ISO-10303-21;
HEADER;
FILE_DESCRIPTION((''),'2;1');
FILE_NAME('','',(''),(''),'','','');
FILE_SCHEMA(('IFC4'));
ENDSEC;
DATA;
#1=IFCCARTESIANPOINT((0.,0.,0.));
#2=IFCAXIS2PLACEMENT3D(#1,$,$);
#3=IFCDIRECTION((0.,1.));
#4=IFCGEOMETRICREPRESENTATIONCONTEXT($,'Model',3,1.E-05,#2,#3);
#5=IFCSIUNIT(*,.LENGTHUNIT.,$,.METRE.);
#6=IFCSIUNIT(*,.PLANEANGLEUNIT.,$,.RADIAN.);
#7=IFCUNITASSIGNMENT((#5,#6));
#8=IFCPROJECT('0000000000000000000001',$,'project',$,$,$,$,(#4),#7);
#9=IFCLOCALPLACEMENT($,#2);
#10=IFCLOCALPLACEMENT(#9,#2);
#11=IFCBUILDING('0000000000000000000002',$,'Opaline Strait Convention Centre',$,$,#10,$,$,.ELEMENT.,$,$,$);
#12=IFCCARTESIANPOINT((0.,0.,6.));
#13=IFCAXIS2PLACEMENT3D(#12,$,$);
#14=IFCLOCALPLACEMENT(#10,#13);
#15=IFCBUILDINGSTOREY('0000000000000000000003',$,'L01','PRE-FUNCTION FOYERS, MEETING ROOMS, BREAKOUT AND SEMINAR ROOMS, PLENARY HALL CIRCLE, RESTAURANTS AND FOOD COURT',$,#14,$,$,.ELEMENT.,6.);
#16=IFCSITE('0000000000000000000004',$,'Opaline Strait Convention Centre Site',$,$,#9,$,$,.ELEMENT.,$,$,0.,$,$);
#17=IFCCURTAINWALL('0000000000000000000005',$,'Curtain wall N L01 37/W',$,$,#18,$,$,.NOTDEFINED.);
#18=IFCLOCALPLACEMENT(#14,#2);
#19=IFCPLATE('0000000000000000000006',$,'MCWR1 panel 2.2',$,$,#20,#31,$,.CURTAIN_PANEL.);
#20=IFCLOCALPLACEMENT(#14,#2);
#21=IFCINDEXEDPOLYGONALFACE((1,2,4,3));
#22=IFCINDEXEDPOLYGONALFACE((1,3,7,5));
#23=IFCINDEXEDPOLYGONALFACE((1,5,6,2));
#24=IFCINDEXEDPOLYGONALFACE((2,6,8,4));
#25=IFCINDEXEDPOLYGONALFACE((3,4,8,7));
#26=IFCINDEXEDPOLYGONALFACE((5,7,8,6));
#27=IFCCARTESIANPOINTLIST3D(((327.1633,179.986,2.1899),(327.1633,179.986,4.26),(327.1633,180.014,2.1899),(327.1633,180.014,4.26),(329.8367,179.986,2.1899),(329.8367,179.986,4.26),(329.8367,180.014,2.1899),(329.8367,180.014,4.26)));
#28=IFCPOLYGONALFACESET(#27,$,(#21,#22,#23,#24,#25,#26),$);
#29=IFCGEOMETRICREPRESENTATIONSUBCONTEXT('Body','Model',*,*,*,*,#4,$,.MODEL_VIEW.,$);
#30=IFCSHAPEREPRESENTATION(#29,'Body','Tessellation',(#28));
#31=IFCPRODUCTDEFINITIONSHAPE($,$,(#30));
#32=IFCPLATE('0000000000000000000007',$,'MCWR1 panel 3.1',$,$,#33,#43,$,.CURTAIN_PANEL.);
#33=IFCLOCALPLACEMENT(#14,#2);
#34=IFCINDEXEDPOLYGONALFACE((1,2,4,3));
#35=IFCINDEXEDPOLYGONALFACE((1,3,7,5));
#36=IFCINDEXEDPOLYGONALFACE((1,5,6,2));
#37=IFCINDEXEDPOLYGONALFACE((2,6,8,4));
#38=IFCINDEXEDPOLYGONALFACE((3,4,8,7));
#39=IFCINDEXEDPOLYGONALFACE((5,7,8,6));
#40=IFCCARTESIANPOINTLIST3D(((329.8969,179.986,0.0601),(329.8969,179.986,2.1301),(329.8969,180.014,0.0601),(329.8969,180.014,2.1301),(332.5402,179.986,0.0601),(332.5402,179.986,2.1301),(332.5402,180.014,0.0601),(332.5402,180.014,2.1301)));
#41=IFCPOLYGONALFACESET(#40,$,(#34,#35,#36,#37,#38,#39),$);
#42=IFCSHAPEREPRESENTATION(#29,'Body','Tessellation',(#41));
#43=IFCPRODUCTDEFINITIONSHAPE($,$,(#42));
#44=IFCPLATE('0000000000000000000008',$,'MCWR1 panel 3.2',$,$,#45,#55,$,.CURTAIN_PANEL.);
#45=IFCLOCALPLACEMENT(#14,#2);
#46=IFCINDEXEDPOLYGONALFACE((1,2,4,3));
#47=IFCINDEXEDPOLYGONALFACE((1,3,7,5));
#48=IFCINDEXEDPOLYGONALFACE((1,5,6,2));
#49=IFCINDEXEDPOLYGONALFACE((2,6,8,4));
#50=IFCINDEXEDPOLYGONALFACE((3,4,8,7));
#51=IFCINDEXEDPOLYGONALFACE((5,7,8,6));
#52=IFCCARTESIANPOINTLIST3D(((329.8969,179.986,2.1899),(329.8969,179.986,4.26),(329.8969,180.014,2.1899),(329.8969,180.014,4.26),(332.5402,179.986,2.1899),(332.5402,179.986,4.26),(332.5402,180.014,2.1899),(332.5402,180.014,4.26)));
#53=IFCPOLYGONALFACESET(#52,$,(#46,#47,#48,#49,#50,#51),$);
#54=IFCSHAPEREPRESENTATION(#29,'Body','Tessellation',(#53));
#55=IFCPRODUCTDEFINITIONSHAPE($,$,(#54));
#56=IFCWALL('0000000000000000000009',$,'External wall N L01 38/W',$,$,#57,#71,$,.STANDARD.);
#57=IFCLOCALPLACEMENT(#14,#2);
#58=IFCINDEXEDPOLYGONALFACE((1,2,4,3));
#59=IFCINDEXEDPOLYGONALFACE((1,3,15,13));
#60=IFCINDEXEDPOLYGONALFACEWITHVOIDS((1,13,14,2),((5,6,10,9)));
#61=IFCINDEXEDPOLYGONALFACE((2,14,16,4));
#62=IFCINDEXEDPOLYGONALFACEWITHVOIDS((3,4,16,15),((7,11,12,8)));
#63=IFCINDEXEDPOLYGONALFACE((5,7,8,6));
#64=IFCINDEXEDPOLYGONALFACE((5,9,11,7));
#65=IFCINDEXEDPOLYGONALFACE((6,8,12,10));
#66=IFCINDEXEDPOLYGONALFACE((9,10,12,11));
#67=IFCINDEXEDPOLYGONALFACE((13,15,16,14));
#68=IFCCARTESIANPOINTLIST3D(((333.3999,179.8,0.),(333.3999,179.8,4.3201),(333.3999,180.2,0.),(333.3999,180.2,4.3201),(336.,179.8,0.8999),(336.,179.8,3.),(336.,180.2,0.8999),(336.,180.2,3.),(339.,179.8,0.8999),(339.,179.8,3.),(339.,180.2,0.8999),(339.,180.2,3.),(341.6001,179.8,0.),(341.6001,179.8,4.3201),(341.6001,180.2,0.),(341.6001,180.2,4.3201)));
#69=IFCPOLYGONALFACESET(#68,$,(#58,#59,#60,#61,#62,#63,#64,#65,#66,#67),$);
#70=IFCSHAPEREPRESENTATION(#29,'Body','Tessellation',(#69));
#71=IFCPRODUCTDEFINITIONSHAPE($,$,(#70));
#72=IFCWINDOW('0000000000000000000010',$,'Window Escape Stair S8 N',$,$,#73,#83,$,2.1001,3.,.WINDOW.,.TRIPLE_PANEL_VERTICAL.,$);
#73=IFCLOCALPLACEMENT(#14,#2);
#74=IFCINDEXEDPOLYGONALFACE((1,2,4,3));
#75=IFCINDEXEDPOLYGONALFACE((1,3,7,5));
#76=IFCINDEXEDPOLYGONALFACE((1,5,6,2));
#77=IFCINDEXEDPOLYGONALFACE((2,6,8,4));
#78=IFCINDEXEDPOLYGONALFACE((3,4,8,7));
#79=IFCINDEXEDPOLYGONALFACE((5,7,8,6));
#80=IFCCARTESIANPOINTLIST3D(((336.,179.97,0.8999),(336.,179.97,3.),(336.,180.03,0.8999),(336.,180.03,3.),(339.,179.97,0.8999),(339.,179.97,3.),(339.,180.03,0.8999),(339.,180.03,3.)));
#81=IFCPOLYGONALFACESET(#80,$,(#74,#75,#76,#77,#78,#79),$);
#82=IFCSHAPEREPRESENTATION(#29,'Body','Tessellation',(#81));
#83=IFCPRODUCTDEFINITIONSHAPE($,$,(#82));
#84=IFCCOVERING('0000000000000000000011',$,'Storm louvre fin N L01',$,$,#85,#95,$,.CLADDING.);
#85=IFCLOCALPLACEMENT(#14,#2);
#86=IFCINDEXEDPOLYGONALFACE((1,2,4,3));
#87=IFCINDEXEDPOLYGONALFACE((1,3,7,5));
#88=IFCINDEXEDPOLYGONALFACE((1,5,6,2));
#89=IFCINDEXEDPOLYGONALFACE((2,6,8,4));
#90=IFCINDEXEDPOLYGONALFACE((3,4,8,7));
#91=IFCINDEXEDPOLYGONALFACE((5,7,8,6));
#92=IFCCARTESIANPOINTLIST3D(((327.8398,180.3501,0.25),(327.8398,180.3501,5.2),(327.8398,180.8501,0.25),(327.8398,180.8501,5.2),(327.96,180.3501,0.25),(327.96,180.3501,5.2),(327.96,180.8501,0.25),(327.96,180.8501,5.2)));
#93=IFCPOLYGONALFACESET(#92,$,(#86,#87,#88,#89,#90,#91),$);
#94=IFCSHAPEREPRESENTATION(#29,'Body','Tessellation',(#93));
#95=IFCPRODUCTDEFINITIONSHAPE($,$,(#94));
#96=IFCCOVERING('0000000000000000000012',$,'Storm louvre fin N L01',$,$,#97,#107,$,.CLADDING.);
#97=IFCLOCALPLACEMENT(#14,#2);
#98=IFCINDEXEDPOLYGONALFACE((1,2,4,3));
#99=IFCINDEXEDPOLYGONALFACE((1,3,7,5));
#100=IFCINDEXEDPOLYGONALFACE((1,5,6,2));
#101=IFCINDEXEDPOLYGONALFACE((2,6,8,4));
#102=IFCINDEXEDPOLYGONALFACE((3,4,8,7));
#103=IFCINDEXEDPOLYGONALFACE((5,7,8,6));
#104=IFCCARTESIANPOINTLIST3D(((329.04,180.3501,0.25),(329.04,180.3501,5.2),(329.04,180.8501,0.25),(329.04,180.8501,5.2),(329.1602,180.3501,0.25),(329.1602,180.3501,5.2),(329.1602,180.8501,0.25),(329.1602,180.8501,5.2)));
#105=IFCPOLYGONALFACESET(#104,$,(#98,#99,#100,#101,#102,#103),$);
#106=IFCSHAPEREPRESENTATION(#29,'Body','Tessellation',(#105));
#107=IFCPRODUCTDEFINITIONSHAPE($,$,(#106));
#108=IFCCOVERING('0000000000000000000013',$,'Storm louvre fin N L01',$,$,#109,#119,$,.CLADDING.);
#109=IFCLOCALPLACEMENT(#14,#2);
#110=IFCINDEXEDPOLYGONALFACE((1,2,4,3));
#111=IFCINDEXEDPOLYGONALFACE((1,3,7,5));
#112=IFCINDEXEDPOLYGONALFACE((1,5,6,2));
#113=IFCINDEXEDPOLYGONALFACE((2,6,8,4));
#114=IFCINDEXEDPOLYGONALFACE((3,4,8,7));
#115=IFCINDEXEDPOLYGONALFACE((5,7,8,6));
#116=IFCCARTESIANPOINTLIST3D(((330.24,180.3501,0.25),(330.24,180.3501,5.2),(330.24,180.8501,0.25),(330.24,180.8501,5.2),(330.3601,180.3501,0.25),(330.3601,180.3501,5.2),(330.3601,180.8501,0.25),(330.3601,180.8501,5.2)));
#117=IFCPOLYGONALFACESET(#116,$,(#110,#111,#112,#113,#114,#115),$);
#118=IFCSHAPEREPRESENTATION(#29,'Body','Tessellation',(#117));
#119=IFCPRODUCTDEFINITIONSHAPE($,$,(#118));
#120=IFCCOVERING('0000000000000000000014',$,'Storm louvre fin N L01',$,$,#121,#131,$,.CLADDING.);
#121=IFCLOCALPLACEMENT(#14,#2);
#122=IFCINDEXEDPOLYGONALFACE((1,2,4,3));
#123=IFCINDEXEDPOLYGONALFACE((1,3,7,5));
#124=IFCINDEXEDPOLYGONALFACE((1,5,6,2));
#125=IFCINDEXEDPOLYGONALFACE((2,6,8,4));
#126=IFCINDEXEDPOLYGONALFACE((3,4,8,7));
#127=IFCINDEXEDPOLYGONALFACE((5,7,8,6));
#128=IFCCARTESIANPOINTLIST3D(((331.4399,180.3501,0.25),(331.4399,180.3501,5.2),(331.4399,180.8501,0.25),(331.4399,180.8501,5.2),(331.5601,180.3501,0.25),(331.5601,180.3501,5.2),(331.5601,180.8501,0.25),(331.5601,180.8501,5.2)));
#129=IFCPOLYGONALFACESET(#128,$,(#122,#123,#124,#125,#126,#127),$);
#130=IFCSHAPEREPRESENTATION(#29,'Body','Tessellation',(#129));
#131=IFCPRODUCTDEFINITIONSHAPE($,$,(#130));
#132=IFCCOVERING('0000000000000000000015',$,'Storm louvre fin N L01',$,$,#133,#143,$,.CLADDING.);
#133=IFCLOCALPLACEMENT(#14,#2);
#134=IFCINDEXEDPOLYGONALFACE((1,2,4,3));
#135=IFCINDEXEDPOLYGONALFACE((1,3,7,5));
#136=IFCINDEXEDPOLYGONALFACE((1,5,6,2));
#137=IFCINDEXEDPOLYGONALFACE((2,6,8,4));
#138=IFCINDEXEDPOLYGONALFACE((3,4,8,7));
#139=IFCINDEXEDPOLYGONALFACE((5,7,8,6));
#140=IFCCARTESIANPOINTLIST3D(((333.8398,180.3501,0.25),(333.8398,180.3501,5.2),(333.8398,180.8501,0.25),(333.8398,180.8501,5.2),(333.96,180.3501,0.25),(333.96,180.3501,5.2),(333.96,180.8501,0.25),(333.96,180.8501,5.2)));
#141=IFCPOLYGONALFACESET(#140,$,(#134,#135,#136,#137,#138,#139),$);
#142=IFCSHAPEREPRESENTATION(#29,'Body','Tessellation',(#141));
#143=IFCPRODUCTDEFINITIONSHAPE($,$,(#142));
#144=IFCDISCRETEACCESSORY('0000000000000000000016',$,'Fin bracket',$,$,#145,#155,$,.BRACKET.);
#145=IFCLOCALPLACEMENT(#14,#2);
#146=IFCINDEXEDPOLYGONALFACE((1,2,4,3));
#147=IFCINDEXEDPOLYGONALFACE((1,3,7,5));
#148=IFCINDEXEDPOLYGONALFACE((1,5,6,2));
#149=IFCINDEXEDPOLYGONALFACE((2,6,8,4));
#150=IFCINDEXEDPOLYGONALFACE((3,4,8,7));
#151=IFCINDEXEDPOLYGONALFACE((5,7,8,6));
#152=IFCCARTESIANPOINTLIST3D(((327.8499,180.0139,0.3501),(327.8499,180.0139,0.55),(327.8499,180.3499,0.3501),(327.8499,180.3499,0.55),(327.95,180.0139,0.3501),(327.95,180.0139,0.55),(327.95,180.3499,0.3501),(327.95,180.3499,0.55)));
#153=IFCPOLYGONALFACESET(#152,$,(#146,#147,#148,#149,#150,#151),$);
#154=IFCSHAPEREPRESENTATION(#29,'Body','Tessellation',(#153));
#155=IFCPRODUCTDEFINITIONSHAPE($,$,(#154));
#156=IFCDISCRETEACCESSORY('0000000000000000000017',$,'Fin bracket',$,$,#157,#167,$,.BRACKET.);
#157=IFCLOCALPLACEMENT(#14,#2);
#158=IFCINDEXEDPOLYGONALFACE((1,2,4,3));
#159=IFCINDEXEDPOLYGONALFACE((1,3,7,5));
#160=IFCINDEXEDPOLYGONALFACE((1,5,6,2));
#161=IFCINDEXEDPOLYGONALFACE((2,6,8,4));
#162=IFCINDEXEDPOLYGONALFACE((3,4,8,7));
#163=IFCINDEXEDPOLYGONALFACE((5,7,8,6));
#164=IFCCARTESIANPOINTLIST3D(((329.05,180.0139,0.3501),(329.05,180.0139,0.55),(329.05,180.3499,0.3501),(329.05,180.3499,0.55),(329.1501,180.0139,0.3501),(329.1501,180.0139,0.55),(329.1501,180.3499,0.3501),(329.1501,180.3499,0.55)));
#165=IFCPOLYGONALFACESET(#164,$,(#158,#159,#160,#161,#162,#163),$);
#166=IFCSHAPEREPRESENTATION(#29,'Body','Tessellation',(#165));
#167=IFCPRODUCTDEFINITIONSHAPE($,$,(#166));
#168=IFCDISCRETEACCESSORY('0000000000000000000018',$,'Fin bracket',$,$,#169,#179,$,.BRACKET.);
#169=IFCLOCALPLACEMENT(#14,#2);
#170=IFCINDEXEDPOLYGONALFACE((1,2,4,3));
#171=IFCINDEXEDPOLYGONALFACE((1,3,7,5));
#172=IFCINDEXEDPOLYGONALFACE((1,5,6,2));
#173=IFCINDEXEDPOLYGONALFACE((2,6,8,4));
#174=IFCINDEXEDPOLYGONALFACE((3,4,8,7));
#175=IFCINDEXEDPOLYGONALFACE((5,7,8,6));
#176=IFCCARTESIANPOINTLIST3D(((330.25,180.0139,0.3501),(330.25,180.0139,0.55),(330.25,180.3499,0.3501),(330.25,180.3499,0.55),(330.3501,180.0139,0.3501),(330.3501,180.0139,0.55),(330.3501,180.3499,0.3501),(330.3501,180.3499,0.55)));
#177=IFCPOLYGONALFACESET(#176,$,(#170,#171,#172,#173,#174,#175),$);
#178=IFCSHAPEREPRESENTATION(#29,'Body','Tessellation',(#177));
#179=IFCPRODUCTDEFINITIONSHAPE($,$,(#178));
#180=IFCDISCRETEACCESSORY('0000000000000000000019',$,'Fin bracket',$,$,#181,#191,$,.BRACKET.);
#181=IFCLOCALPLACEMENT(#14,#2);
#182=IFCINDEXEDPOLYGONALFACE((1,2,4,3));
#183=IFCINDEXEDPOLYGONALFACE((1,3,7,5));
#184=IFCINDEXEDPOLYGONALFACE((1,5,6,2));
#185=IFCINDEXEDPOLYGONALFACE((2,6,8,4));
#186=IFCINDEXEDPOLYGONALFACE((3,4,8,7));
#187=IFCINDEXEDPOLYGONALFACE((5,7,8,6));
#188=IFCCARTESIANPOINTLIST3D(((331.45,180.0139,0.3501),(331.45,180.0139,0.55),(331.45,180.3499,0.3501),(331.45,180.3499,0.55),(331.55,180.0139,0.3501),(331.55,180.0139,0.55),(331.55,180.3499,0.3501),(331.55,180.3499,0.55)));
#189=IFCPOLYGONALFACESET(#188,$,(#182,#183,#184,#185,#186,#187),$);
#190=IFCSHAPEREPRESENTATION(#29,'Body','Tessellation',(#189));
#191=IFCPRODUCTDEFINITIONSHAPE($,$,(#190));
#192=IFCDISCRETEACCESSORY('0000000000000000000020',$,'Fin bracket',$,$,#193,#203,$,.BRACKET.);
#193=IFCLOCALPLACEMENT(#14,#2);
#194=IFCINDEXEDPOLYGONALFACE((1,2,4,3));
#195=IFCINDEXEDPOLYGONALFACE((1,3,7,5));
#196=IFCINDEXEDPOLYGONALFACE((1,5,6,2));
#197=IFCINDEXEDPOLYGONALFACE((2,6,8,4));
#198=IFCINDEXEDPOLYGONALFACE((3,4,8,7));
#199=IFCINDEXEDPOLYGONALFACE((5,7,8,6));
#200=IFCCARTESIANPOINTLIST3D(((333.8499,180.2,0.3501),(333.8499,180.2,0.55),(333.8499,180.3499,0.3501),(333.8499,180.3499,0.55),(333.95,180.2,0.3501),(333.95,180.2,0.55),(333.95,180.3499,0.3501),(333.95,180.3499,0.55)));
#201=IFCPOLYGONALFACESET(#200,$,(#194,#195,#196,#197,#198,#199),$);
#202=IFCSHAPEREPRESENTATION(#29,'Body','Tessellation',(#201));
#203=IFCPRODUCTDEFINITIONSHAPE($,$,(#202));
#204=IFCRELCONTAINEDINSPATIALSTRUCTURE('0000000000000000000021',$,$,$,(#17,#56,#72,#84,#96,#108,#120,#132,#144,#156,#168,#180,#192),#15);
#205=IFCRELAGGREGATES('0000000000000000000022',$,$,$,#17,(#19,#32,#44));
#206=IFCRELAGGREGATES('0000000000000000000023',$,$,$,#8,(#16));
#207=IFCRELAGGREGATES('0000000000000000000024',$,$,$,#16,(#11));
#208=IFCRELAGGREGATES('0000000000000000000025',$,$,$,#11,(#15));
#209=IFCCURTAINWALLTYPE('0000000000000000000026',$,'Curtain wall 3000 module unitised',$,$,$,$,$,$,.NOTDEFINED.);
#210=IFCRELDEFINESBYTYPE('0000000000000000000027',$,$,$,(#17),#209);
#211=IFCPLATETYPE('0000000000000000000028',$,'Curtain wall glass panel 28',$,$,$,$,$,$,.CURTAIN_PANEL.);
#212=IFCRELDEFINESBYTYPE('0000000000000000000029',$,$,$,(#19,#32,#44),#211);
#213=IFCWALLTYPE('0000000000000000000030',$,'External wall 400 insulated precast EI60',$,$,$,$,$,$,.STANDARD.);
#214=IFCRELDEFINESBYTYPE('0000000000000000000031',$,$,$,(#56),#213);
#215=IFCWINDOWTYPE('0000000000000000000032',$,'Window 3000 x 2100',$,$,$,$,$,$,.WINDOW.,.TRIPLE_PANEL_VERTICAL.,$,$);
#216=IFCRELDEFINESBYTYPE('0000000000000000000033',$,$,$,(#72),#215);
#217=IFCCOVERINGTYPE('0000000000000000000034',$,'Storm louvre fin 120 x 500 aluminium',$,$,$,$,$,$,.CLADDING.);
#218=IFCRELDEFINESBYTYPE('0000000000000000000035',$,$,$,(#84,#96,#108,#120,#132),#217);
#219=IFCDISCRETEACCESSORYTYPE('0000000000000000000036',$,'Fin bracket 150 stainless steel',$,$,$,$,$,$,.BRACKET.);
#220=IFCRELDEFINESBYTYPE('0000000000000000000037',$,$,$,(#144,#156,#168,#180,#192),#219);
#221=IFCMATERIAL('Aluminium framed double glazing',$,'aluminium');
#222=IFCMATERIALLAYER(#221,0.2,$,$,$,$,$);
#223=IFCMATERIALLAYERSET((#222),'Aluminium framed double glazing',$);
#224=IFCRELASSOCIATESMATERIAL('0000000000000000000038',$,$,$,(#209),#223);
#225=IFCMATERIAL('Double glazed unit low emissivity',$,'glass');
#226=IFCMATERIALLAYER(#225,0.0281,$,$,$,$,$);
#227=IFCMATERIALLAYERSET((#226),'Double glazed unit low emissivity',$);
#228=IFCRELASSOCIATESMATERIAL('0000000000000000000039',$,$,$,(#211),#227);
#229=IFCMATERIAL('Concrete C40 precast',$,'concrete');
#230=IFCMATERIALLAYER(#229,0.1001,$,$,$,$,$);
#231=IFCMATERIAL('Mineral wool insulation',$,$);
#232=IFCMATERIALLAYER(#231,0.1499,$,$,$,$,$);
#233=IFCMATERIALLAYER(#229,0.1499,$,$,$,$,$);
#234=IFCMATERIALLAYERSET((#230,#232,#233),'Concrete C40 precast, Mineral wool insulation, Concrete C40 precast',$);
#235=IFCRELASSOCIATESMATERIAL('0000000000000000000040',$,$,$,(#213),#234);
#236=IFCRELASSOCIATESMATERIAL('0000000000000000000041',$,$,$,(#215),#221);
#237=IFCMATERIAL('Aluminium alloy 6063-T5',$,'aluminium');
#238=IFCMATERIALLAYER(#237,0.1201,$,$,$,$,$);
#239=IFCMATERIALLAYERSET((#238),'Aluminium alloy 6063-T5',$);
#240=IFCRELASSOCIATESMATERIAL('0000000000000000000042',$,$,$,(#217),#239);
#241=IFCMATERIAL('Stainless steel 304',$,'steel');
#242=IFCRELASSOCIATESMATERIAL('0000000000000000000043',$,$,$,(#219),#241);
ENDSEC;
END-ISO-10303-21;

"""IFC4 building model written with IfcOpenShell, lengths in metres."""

from ifc_helpers import new_model, si_unit, direction, frame, frame_2d, origin, origin_2d, place, context, subcontext, project, spatial, rectangle, extrude, material, layer, layer_set, type_object, element, fill, aggregate, save


model = new_model("IFC4")

# Units and contexts
model_context = context("Model", 3, precision=1e-05, world=origin(), true_north=direction((0.0, 1.0)))
body_context = subcontext(model_context, "Body", "Model", "MODEL_VIEW")
ifc_project = project(units=[si_unit("LENGTHUNIT", "METRE"), si_unit("PLANEANGLEUNIT", "RADIAN")], contexts=[model_context])

# Site, building, storey
site_placement = place(None, origin())
site = spatial("IfcSite", under=ifc_project, at=site_placement, Name="Opaline Strait Convention Centre Site", CompositionType="ELEMENT", RefElevation=0.0)
building_placement = place(site_placement, origin())
building = spatial("IfcBuilding", under=site, at=building_placement, Name="Opaline Strait Convention Centre", CompositionType="ELEMENT")
storey_placement = place(building_placement, frame((0.0, 0.0, 6.0)))
storey = spatial("IfcBuildingStorey", under=building, at=storey_placement, Name="L01", Description="PRE-FUNCTION FOYERS, MEETING ROOMS, BREAKOUT AND SEMINAR ROOMS, PLENARY HALL CIRCLE, RESTAURANTS AND FOOD COURT", CompositionType="ELEMENT", Elevation=6.0)

# Curtain wall
ifc_material_1 = material(Name="Aluminium framed double glazing", Category="aluminium")
ifc_layer_1 = layer(ifc_material_1, 0.2)
ifc_layer_set_1 = layer_set([ifc_layer_1], Name="Aluminium framed double glazing")
curtain_wall_type = type_object("IfcCurtainWallType", Name="Curtain wall 3000 module unitised", PredefinedType="NOTDEFINED", material=ifc_layer_set_1)
curtain_wall_placement = place(storey_placement, origin())
curtain_wall = element("IfcCurtainWall", 1, at=curtain_wall_placement, inside=storey, type_object=curtain_wall_type, Name="Curtain wall N L01 37/W", PredefinedType="NOTDEFINED")

# Plates
ifc_material_2 = material(Name="Double glazed unit low emissivity", Category="glass")
ifc_layer_2 = layer(ifc_material_2, 0.0281)
ifc_layer_set_2 = layer_set([ifc_layer_2], Name="Double glazed unit low emissivity")
plate_type = type_object("IfcPlateType", Name="Curtain wall glass panel 28", PredefinedType="CURTAIN_PANEL", material=ifc_layer_set_2)
plate_1_placement = place(storey_placement, frame((328.5, 180.0, 2.1899), z_axis=(0.0, 0.0, 1.0), x_axis=(1.0, 0.0, 0.0)))
plate_1 = element("IfcPlate", 2, at=plate_1_placement, type_object=plate_type, Name="MCWR1 panel 2.2", PredefinedType="CURTAIN_PANEL", context=body_context, shape_type="SweptSolid", body=[
    extrude(rectangle(XDim=2.6733, YDim=0.0281, at=origin_2d()), origin(), (0.0, 0.0, 1.0), 2.0701),
])
plate_2_placement = place(storey_placement, frame((331.2185, 180.0, 0.0601), z_axis=(0.0, 0.0, 1.0), x_axis=(1.0, 0.0, 0.0)))
plate_2 = element("IfcPlate", 3, at=plate_2_placement, type_object=plate_type, Name="MCWR1 panel 3.1", PredefinedType="CURTAIN_PANEL", context=body_context, shape_type="SweptSolid", body=[
    extrude(rectangle(XDim=2.6433, YDim=0.0281, at=origin_2d()), origin(), (0.0, 0.0, 1.0), 2.0701),
])
plate_3_placement = place(storey_placement, frame((331.2185, 180.0, 2.1899), z_axis=(0.0, 0.0, 1.0), x_axis=(1.0, 0.0, 0.0)))
plate_3 = element("IfcPlate", 4, at=plate_3_placement, type_object=plate_type, Name="MCWR1 panel 3.2", PredefinedType="CURTAIN_PANEL", context=body_context, shape_type="SweptSolid", body=[
    extrude(rectangle(XDim=2.6433, YDim=0.0281, at=origin_2d()), origin(), (0.0, 0.0, 1.0), 2.0701),
])
aggregate(curtain_wall, [plate_1, plate_2, plate_3])

# Wall, opening, window
ifc_material_3 = material(Name="Concrete C40 precast", Category="concrete")
ifc_layer_3 = layer(ifc_material_3, 0.1001)
ifc_material_4 = material(Name="Mineral wool insulation")
ifc_layer_4 = layer(ifc_material_4, 0.1499)
ifc_layer_5 = layer(ifc_material_3, 0.1499)
ifc_layer_set_3 = layer_set([ifc_layer_3, ifc_layer_4, ifc_layer_5], Name="Concrete C40 precast, Mineral wool insulation, Concrete C40 precast")
wall_type = type_object("IfcWallType", Name="External wall 400 insulated precast EI60", PredefinedType="STANDARD", material=ifc_layer_set_3)
wall_placement = place(storey_placement, frame((333.3999, 180.0, 0.0), z_axis=(0.0, 0.0, 1.0), x_axis=(1.0, 0.0, 0.0)))
wall = element("IfcWall", 5, at=wall_placement, inside=storey, type_object=wall_type, Name="External wall N L01 38/W", PredefinedType="STANDARD", context=body_context, shape_type="SweptSolid", body=[
    extrude(rectangle(XDim=8.2002, YDim=0.3999, at=frame_2d((4.1001, 0.0))), origin(), (0.0, 0.0, 1.0), 4.3201),
])
opening_placement = place(wall_placement, frame((2.6001, 0.0, 0.8999)))
opening = element("IfcOpeningElement", 6, at=opening_placement, cuts=wall, PredefinedType="OPENING", context=body_context, shape_type="SweptSolid", body=[
    extrude(rectangle(XDim=3.0, YDim=2.1001, at=frame_2d((1.5, 1.05))), frame((0.0, 0.21, 0.0), z_axis=(0.0, -1.0, 0.0), x_axis=(1.0, 0.0, 0.0)), (0.0, 0.0, 1.0), 0.4199),
])
window_type = type_object("IfcWindowType", Name="Window 3000 x 2100", PartitioningType="TRIPLE_PANEL_VERTICAL", PredefinedType="WINDOW", material=ifc_material_1)
window_placement = place(opening_placement, origin())
window = element("IfcWindow", 7, at=window_placement, inside=storey, type_object=window_type, Name="Window Escape Stair S8 N", OverallHeight=2.1001, OverallWidth=3.0, PartitioningType="TRIPLE_PANEL_VERTICAL", PredefinedType="WINDOW", context=body_context, shape_type="SweptSolid", body=[
    extrude(rectangle(XDim=3.0, YDim=2.1001, at=frame_2d((1.5, 1.05))), frame((0.0, 0.03, 0.0), z_axis=(0.0, -1.0, 0.0), x_axis=(1.0, 0.0, 0.0)), (0.0, 0.0, 1.0), 0.0601),
])
fill(opening, window)

# Coverings
ifc_material_5 = material(Name="Aluminium alloy 6063-T5", Category="aluminium")
ifc_layer_6 = layer(ifc_material_5, 0.1201)
ifc_layer_set_4 = layer_set([ifc_layer_6], Name="Aluminium alloy 6063-T5")
covering_type = type_object("IfcCoveringType", Name="Storm louvre fin 120 x 500 aluminium", PredefinedType="CLADDING", material=ifc_layer_set_4)
for number, where, z_axis, x_axis, name in (
    (8, (327.8999, 180.6001, 0.25), (0.0, 0.0, 1.0), (1.0, 0.0, 0.0), "Storm louvre fin N L01"),
    (9, (329.1001, 180.6001, 0.25), (0.0, 0.0, 1.0), (1.0, 0.0, 0.0), "Storm louvre fin N L01"),
    (10, (330.3, 180.6001, 0.25), (0.0, 0.0, 1.0), (1.0, 0.0, 0.0), "Storm louvre fin N L01"),
    (11, (331.5, 180.6001, 0.25), (0.0, 0.0, 1.0), (1.0, 0.0, 0.0), "Storm louvre fin N L01"),
    (12, (333.8999, 180.6001, 0.25), (0.0, 0.0, 1.0), (1.0, 0.0, 0.0), "Storm louvre fin N L01"),
):
    element("IfcCovering", number, at=place(storey_placement, frame(where, z_axis=z_axis, x_axis=x_axis)), inside=storey, type_object=covering_type, Name=name, PredefinedType="CLADDING", context=body_context, shape_type="SweptSolid", body=[
        extrude(rectangle(XDim=0.1201, YDim=0.5, at=origin_2d()), origin(), (0.0, 0.0, 1.0), 4.95),
    ])

# Discrete accessories
ifc_material_6 = material(Name="Stainless steel 304", Category="steel")
discrete_accessory_type = type_object("IfcDiscreteAccessoryType", Name="Fin bracket 150 stainless steel", PredefinedType="BRACKET", material=ifc_material_6)
for number, where, z_axis, x_axis, name in (
    (13, (327.8999, 180.1819, 0.3501), (0.0, 0.0, 1.0), (1.0, 0.0, 0.0), "Fin bracket"),
    (14, (329.1001, 180.1819, 0.3501), (0.0, 0.0, 1.0), (1.0, 0.0, 0.0), "Fin bracket"),
    (15, (330.3, 180.1819, 0.3501), (0.0, 0.0, 1.0), (1.0, 0.0, 0.0), "Fin bracket"),
    (16, (331.5, 180.1819, 0.3501), (0.0, 0.0, 1.0), (1.0, 0.0, 0.0), "Fin bracket"),
):
    element("IfcDiscreteAccessory", number, at=place(storey_placement, frame(where, z_axis=z_axis, x_axis=x_axis)), inside=storey, type_object=discrete_accessory_type, Name=name, PredefinedType="BRACKET", context=body_context, shape_type="SweptSolid", body=[
        extrude(rectangle(XDim=0.1001, YDim=0.3359, at=origin_2d()), origin(), (0.0, 0.0, 1.0), 0.2),
    ])
discrete_accessory_placement = place(storey_placement, frame((333.8999, 180.2749, 0.3501), z_axis=(0.0, 0.0, 1.0), x_axis=(1.0, 0.0, 0.0)))
element("IfcDiscreteAccessory", 17, at=discrete_accessory_placement, inside=storey, type_object=discrete_accessory_type, Name="Fin bracket", PredefinedType="BRACKET", context=body_context, shape_type="SweptSolid", body=[
    extrude(rectangle(XDim=0.1001, YDim=0.1499, at=origin_2d()), origin(), (0.0, 0.0, 1.0), 0.2),
])

save(model, "model.ifc")
